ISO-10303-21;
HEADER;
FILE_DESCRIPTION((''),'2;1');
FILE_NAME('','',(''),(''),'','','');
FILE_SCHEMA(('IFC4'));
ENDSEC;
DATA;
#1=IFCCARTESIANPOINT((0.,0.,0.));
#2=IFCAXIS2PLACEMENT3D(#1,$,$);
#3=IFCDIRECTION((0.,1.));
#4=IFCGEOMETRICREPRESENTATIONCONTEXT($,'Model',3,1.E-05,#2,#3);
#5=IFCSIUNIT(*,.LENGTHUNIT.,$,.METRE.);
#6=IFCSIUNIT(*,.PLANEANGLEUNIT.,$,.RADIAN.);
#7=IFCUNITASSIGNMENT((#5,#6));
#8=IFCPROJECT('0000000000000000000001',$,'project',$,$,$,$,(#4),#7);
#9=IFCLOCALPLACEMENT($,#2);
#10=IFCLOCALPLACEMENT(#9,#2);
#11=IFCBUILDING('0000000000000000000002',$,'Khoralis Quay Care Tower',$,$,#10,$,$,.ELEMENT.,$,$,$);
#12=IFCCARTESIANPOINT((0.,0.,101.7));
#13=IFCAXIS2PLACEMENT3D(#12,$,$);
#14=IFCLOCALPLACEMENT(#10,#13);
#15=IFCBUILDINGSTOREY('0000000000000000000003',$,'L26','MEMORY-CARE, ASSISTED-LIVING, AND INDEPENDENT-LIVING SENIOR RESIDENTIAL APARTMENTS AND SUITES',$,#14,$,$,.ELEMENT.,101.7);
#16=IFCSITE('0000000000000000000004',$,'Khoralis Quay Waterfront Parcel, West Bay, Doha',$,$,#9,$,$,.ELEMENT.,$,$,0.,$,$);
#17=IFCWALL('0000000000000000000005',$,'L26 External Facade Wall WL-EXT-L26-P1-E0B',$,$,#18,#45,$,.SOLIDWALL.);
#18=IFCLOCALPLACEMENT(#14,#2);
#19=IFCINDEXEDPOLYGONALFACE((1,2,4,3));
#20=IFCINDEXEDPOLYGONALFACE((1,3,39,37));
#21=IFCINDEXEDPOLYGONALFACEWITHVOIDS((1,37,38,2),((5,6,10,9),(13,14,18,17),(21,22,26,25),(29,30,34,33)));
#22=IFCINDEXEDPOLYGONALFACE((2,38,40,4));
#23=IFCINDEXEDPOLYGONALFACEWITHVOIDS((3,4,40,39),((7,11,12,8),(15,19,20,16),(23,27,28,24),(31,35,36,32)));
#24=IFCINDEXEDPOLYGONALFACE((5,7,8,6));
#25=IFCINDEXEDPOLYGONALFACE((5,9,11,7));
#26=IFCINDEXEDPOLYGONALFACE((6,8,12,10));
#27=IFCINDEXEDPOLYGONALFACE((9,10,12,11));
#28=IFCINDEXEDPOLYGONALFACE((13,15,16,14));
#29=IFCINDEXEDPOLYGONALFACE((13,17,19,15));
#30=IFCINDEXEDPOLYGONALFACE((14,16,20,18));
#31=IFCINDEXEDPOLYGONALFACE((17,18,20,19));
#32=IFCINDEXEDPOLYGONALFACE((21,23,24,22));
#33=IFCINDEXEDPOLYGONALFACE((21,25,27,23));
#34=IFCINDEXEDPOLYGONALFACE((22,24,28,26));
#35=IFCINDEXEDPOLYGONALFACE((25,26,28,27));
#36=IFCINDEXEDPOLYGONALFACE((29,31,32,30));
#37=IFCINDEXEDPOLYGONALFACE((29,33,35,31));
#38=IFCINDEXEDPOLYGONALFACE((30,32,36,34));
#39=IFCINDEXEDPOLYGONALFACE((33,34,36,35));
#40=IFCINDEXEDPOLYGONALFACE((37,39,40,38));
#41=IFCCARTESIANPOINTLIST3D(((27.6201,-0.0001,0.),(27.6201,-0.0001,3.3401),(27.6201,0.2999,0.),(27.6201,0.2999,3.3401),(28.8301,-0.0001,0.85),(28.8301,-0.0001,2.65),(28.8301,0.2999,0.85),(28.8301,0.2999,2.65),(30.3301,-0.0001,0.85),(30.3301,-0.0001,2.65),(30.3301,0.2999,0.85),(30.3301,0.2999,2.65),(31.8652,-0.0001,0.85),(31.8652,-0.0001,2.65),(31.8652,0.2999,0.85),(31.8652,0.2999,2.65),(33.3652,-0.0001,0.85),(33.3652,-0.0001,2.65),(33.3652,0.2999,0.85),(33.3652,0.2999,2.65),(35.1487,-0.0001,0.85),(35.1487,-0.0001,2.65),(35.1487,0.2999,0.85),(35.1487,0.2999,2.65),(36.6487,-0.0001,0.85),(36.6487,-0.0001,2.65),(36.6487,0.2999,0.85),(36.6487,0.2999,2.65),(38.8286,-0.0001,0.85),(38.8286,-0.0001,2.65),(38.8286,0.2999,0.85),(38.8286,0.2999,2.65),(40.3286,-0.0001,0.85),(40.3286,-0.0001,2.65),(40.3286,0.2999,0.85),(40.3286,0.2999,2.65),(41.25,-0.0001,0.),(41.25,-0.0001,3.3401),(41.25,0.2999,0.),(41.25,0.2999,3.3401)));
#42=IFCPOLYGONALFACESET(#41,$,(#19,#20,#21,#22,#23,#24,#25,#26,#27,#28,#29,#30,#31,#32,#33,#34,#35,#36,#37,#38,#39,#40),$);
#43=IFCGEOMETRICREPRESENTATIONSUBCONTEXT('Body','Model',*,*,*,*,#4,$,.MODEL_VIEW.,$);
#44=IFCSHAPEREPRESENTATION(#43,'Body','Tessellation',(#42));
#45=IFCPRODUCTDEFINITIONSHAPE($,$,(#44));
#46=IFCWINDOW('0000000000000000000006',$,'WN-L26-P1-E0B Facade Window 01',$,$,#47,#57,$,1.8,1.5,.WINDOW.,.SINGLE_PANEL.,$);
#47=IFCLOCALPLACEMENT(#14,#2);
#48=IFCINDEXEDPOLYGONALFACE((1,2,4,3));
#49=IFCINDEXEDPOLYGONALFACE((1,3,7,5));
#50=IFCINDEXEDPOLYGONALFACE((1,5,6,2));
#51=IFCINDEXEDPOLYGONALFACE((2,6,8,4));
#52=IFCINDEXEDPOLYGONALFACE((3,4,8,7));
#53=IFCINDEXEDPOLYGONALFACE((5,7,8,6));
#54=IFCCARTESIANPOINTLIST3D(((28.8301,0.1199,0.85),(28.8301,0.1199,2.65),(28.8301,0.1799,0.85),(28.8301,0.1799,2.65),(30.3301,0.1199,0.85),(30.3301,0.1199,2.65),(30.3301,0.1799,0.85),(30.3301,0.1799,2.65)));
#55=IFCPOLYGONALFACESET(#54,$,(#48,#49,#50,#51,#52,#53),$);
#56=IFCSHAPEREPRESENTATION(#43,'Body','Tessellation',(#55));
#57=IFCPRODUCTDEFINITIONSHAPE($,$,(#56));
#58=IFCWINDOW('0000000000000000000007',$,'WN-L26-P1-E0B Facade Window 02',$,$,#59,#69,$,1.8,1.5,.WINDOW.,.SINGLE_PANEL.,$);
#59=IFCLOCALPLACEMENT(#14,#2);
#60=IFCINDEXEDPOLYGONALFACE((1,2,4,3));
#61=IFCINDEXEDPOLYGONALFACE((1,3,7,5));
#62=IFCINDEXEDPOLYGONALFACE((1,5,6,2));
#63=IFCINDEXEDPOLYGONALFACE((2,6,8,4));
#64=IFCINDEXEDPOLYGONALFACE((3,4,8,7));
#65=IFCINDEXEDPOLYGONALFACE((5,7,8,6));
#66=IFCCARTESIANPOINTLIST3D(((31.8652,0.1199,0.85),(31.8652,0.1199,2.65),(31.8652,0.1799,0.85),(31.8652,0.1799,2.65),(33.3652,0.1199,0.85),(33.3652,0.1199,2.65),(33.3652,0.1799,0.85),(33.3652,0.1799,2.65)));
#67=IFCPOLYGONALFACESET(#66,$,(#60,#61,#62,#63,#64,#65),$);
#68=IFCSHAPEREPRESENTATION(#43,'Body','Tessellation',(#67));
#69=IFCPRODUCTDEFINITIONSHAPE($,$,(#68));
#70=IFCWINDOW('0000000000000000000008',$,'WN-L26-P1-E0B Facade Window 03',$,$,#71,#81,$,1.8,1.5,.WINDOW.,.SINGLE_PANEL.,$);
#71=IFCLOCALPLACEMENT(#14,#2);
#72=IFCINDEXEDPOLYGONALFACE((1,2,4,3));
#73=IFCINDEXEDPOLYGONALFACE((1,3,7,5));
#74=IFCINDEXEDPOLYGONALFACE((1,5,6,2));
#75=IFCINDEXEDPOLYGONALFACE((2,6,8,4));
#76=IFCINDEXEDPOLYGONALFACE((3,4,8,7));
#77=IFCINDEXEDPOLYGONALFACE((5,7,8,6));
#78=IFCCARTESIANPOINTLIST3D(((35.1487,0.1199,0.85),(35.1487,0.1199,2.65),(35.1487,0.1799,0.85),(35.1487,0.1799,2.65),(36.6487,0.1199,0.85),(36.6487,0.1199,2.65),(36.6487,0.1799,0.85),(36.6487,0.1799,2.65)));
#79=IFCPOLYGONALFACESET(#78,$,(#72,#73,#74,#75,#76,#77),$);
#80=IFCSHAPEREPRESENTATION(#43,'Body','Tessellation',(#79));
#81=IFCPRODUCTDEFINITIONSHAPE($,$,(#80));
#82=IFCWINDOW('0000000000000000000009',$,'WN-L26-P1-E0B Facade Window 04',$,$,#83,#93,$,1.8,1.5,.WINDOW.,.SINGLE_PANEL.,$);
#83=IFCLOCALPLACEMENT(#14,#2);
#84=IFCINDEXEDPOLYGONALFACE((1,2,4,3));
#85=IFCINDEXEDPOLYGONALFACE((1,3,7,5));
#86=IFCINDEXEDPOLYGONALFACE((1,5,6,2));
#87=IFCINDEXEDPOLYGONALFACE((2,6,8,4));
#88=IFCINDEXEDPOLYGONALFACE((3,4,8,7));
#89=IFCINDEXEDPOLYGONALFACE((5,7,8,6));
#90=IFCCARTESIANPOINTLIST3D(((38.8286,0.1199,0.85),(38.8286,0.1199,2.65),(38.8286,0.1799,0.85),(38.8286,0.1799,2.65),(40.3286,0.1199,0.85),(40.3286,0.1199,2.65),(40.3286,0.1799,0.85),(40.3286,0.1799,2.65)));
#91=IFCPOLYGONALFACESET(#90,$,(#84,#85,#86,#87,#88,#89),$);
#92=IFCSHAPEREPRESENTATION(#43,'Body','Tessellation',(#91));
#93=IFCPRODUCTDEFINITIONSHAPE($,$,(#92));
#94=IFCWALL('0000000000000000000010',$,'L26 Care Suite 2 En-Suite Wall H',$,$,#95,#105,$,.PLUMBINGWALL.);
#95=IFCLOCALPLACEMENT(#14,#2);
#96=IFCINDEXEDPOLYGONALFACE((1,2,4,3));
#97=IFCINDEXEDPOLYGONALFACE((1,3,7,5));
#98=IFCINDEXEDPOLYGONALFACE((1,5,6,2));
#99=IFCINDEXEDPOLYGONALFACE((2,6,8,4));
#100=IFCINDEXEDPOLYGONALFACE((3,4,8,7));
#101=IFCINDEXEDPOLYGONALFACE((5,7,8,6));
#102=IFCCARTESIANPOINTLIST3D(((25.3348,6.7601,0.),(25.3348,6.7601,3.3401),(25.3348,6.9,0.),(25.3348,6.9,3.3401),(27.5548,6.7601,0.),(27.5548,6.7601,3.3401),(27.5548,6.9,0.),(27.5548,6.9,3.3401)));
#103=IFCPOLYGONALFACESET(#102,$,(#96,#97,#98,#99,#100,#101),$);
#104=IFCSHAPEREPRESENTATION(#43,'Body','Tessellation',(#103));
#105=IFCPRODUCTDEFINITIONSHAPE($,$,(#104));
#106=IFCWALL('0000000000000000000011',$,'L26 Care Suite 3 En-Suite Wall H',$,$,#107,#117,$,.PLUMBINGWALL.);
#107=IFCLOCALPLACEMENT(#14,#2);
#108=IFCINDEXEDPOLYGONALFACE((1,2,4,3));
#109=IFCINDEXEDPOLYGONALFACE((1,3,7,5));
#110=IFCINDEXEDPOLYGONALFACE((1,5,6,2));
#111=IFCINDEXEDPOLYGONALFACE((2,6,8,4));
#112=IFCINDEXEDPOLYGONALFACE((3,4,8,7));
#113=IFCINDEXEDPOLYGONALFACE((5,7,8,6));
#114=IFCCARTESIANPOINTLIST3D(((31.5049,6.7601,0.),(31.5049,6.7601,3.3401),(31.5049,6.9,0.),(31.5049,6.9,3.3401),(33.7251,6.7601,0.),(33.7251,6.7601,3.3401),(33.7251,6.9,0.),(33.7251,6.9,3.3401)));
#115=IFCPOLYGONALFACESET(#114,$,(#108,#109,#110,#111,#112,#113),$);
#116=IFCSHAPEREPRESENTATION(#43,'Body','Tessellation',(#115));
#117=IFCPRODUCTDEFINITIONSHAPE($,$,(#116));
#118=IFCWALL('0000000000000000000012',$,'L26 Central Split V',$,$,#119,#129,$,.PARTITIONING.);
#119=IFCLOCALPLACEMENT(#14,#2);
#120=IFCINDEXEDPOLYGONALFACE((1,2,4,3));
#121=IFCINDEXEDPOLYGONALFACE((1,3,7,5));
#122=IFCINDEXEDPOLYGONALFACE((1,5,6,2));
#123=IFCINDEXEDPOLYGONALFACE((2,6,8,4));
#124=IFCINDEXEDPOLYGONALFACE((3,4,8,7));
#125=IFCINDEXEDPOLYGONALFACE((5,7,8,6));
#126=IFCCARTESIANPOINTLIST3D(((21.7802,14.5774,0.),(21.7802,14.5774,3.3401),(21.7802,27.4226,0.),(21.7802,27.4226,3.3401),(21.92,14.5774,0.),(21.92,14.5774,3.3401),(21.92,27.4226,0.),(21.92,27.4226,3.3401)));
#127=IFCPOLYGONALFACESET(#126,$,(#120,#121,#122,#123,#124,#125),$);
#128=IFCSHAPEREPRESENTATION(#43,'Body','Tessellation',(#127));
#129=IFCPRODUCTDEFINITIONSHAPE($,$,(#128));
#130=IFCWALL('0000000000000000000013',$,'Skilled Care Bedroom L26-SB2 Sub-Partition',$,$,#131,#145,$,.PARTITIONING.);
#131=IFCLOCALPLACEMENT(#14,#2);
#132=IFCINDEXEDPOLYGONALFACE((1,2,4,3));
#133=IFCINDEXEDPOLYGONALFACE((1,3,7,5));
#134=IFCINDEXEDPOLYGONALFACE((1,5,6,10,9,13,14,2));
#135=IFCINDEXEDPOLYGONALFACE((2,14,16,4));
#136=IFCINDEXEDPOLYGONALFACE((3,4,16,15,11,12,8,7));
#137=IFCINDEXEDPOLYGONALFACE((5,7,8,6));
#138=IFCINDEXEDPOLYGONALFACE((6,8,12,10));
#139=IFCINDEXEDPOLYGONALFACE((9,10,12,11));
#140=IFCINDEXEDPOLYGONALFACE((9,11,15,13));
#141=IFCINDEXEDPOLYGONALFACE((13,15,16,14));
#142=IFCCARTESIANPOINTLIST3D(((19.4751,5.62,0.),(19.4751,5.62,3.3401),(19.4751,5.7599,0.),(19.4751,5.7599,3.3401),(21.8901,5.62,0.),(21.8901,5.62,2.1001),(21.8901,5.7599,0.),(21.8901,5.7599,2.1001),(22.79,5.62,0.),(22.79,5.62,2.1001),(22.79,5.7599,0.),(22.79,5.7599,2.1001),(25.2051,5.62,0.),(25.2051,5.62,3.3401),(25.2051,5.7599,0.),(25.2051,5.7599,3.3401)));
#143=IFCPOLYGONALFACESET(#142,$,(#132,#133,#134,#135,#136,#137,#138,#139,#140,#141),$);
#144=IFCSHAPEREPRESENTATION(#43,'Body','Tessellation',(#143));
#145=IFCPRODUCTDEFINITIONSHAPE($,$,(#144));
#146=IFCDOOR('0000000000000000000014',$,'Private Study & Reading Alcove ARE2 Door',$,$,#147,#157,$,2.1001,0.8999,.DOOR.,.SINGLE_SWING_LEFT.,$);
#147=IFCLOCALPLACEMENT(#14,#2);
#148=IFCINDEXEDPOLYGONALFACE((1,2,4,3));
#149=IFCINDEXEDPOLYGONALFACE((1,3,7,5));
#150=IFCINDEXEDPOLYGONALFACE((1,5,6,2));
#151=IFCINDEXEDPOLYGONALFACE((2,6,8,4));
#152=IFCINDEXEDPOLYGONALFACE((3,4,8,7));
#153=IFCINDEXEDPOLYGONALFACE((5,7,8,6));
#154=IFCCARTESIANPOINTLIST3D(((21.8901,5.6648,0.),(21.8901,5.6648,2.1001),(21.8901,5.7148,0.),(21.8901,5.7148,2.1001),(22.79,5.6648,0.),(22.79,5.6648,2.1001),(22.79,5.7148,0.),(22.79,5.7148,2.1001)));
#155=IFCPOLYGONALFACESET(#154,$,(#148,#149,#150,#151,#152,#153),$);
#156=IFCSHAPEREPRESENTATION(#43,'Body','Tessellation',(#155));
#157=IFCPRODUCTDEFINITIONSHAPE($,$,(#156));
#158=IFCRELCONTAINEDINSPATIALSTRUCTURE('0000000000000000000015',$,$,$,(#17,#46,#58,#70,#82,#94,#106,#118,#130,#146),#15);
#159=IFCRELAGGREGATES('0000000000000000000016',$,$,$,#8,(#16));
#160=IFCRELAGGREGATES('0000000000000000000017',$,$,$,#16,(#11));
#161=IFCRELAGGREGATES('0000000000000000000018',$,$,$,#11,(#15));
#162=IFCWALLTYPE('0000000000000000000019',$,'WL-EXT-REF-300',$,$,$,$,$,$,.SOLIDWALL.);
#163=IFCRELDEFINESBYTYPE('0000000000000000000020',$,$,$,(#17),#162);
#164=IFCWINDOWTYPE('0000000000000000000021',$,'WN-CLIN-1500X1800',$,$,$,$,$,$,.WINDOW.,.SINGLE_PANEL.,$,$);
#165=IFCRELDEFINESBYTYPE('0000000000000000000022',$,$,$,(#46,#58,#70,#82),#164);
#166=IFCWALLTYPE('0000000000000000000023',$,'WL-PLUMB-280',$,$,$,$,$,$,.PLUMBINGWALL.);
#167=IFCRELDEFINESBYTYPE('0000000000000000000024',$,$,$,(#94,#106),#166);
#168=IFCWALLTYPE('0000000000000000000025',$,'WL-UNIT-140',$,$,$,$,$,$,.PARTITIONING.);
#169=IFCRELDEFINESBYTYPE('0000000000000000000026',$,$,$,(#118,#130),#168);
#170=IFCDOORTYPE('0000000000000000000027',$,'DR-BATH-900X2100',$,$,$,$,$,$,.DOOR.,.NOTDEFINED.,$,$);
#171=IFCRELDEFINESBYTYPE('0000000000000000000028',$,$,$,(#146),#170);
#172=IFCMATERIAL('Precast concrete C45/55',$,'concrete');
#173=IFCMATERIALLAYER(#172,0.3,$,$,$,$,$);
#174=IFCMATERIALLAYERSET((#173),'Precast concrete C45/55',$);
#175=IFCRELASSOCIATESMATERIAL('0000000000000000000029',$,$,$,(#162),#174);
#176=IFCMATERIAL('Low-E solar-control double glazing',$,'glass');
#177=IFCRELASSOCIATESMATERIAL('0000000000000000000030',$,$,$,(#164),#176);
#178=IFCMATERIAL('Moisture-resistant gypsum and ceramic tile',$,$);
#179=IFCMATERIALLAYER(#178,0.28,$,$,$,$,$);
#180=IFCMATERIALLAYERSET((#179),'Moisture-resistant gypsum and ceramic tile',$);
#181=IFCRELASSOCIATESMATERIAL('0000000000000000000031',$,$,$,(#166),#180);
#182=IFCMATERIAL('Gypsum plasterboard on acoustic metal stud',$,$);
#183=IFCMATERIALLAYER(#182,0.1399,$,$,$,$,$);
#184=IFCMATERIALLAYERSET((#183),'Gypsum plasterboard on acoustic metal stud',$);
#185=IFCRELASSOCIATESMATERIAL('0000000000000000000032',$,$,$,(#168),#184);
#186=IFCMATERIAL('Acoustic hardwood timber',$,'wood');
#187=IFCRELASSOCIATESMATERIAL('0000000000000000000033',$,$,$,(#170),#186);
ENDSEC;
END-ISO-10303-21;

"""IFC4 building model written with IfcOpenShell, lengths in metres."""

from ifc_helpers import new_model, si_unit, direction, frame, frame_2d, origin, place, context, subcontext, project, spatial, rectangle, extrude, source, transform, mapped, material, layer, layer_set, type_object, element, fill, save


model = new_model("IFC4")

# Units and contexts
model_context = context("Model", 3, precision=1e-05, world=origin(), true_north=direction((0.0, 1.0)))
body_context = subcontext(model_context, "Body", "Model", "MODEL_VIEW")
ifc_project = project(units=[si_unit("LENGTHUNIT", "METRE"), si_unit("PLANEANGLEUNIT", "RADIAN")], contexts=[model_context])

# Site, building, storey
site_placement = place(None, origin())
site = spatial("IfcSite", under=ifc_project, at=site_placement, Name="Khoralis Quay Waterfront Parcel, West Bay, Doha", CompositionType="ELEMENT", RefElevation=0.0)
building_placement = place(site_placement, origin())
building = spatial("IfcBuilding", under=site, at=building_placement, Name="Khoralis Quay Care Tower", CompositionType="ELEMENT")
storey_placement = place(building_placement, frame((0.0, 0.0, 101.7)))
storey = spatial("IfcBuildingStorey", under=building, at=storey_placement, Name="L26", Description="MEMORY-CARE, ASSISTED-LIVING, AND INDEPENDENT-LIVING SENIOR RESIDENTIAL APARTMENTS AND SUITES", CompositionType="ELEMENT", Elevation=101.7)

# Shared definitions
ifc_material_1 = material(Name="Low-E solar-control double glazing", Category="glass")

# Shared definitions
ifc_material_2 = material(Name="Gypsum plasterboard on acoustic metal stud")

# Wall, openings, windows
ifc_material_3 = material(Name="Precast concrete C45/55", Category="concrete")
ifc_layer_1 = layer(ifc_material_3, 0.3)
ifc_layer_set_1 = layer_set([ifc_layer_1], Name="Precast concrete C45/55")
wall_type_1 = type_object("IfcWallType", Name="WL-EXT-REF-300", PredefinedType="SOLIDWALL", material=ifc_layer_set_1)
wall_1_placement = place(storey_placement, frame((27.6201, 0.1499, 0.0), z_axis=(0.0, 0.0, 1.0), x_axis=(1.0, 0.0, 0.0)))
wall_1 = element("IfcWall", 1, at=wall_1_placement, inside=storey, type_object=wall_type_1, Name="L26 External Facade Wall WL-EXT-L26-P1-E0B", PredefinedType="SOLIDWALL", context=body_context, shape_type="SweptSolid", body=[
    extrude(rectangle(XDim=13.6299, YDim=0.3, at=frame_2d((6.8149, 0.0))), origin(), (0.0, 0.0, 1.0), 3.3401),
])
opening_1_placement = place(wall_1_placement, frame((1.21, 0.0, 0.8501)))
opening_1 = element("IfcOpeningElement", 2, at=opening_1_placement, cuts=wall_1, PredefinedType="OPENING", context=body_context, shape_type="SweptSolid", body=[
    extrude(rectangle(XDim=1.5, YDim=1.8, at=frame_2d((0.75, 0.8999))), frame((0.0, 0.1602, 0.0), z_axis=(0.0, -1.0, 0.0), x_axis=(1.0, 0.0, 0.0)), (0.0, 0.0, 1.0), 0.3201),
])
opening_2_placement = place(wall_1_placement, frame((4.2451, 0.0, 0.8501)))
opening_2 = element("IfcOpeningElement", 3, at=opening_2_placement, cuts=wall_1, PredefinedType="OPENING", context=body_context, shape_type="SweptSolid", body=[
    extrude(rectangle(XDim=1.5, YDim=1.8, at=frame_2d((0.75, 0.8999))), frame((0.0, 0.1602, 0.0), z_axis=(0.0, -1.0, 0.0), x_axis=(1.0, 0.0, 0.0)), (0.0, 0.0, 1.0), 0.3201),
])
opening_3_placement = place(wall_1_placement, frame((7.5286, 0.0, 0.8501)))
opening_3 = element("IfcOpeningElement", 4, at=opening_3_placement, cuts=wall_1, PredefinedType="OPENING", context=body_context, shape_type="SweptSolid", body=[
    extrude(rectangle(XDim=1.5, YDim=1.8, at=frame_2d((0.75, 0.8999))), frame((0.0, 0.1602, 0.0), z_axis=(0.0, -1.0, 0.0), x_axis=(1.0, 0.0, 0.0)), (0.0, 0.0, 1.0), 0.3201),
])
opening_4_placement = place(wall_1_placement, frame((11.2085, 0.0, 0.8501)))
opening_4 = element("IfcOpeningElement", 5, at=opening_4_placement, cuts=wall_1, PredefinedType="OPENING", context=body_context, shape_type="SweptSolid", body=[
    extrude(rectangle(XDim=1.5, YDim=1.8, at=frame_2d((0.75, 0.8999))), frame((0.0, 0.1602, 0.0), z_axis=(0.0, -1.0, 0.0), x_axis=(1.0, 0.0, 0.0)), (0.0, 0.0, 1.0), 0.3201),
])
window_type = type_object("IfcWindowType", Name="WN-CLIN-1500X1800", PartitioningType="SINGLE_PANEL", PredefinedType="WINDOW", material=ifc_material_1)
shared_shape_1 = source(origin(), body_context, "Body", "SweptSolid", [
    extrude(rectangle(XDim=1.5, YDim=1.8, at=frame_2d((0.75, 0.8999))), frame((0.0, 0.03, 0.0), z_axis=(0.0, -1.0, 0.0), x_axis=(1.0, 0.0, 0.0)), (0.0, 0.0, 1.0), 0.0601),
])
window_1_placement = place(opening_1_placement, origin())
window_1 = element("IfcWindow", 6, at=window_1_placement, inside=storey, type_object=window_type, Name="WN-L26-P1-E0B Facade Window 01", OverallHeight=1.8, OverallWidth=1.5, PartitioningType="SINGLE_PANEL", PredefinedType="WINDOW", context=body_context, shape_type="MappedRepresentation", body=[
    mapped(shared_shape_1, transform((0.0, 0.0, 0.0), scale=1.0)),
])
fill(opening_1, window_1)
window_2_placement = place(opening_2_placement, origin())
window_2 = element("IfcWindow", 7, at=window_2_placement, inside=storey, type_object=window_type, Name="WN-L26-P1-E0B Facade Window 02", OverallHeight=1.8, OverallWidth=1.5, PartitioningType="SINGLE_PANEL", PredefinedType="WINDOW", context=body_context, shape_type="MappedRepresentation", body=[
    mapped(shared_shape_1, transform((0.0, 0.0, 0.0), scale=1.0)),
])
fill(opening_2, window_2)
window_3_placement = place(opening_3_placement, origin())
window_3 = element("IfcWindow", 8, at=window_3_placement, inside=storey, type_object=window_type, Name="WN-L26-P1-E0B Facade Window 03", OverallHeight=1.8, OverallWidth=1.5, PartitioningType="SINGLE_PANEL", PredefinedType="WINDOW", context=body_context, shape_type="MappedRepresentation", body=[
    mapped(shared_shape_1, transform((0.0, 0.0, 0.0), scale=1.0)),
])
fill(opening_3, window_3)
window_4_placement = place(opening_4_placement, origin())
window_4 = element("IfcWindow", 9, at=window_4_placement, inside=storey, type_object=window_type, Name="WN-L26-P1-E0B Facade Window 04", OverallHeight=1.8, OverallWidth=1.5, PartitioningType="SINGLE_PANEL", PredefinedType="WINDOW", context=body_context, shape_type="MappedRepresentation", body=[
    mapped(shared_shape_1, transform((0.0, 0.0, 0.0), scale=1.0)),
])
fill(opening_4, window_4)

# Walls
ifc_material_4 = material(Name="Moisture-resistant gypsum and ceramic tile")
ifc_layer_2 = layer(ifc_material_4, 0.28)
ifc_layer_set_2 = layer_set([ifc_layer_2], Name="Moisture-resistant gypsum and ceramic tile")
wall_type_2 = type_object("IfcWallType", Name="WL-PLUMB-280", PredefinedType="PLUMBINGWALL", material=ifc_layer_set_2)
wall_2_placement = place(storey_placement, frame((25.335, 6.8301, 0.0), z_axis=(0.0, 0.0, 1.0), x_axis=(1.0, 0.0, 0.0)))
element("IfcWall", 10, at=wall_2_placement, inside=storey, type_object=wall_type_2, Name="L26 Care Suite 2 En-Suite Wall H", PredefinedType="PLUMBINGWALL", context=body_context, shape_type="SweptSolid", body=[
    extrude(rectangle(XDim=2.22, YDim=0.1399, at=frame_2d((1.1099, 0.0))), origin(), (0.0, 0.0, 1.0), 3.3401),
])
wall_3_placement = place(storey_placement, frame((31.5049, 6.8301, 0.0), z_axis=(0.0, 0.0, 1.0), x_axis=(1.0, 0.0, 0.0)))
element("IfcWall", 11, at=wall_3_placement, inside=storey, type_object=wall_type_2, Name="L26 Care Suite 3 En-Suite Wall H", PredefinedType="PLUMBINGWALL", context=body_context, shape_type="SweptSolid", body=[
    extrude(rectangle(XDim=2.2202, YDim=0.1399, at=frame_2d((1.1101, 0.0))), origin(), (0.0, 0.0, 1.0), 3.3401),
])
ifc_layer_3 = layer(ifc_material_2, 0.1399)
ifc_layer_set_3 = layer_set([ifc_layer_3], Name="Gypsum plasterboard on acoustic metal stud")
wall_type_3 = type_object("IfcWallType", Name="WL-UNIT-140", PredefinedType="PARTITIONING", material=ifc_layer_set_3)
wall_4_placement = place(storey_placement, frame((21.8501, 14.5774, 0.0), z_axis=(0.0, 0.0, 1.0), x_axis=(0.0, 1.0, 0.0)))
element("IfcWall", 12, at=wall_4_placement, inside=storey, type_object=wall_type_3, Name="L26 Central Split V", PredefinedType="PARTITIONING", context=body_context, shape_type="SweptSolid", body=[
    extrude(rectangle(XDim=12.8452, YDim=0.1399, at=frame_2d((6.4226, 0.0))), origin(), (0.0, 0.0, 1.0), 3.3401),
])

# Wall, opening, door
wall_5_placement = place(storey_placement, frame((19.4751, 5.6899, 0.0), z_axis=(0.0, 0.0, 1.0), x_axis=(1.0, 0.0, 0.0)))
wall_5 = element("IfcWall", 13, at=wall_5_placement, inside=storey, type_object=wall_type_3, Name="Skilled Care Bedroom L26-SB2 Sub-Partition", PredefinedType="PARTITIONING", context=body_context, shape_type="SweptSolid", body=[
    extrude(rectangle(XDim=5.73, YDim=0.1399, at=frame_2d((2.865, 0.0))), origin(), (0.0, 0.0, 1.0), 3.3401),
])
opening_5_placement = place(wall_5_placement, frame((2.415, 0.0, 0.0)))
opening_5 = element("IfcOpeningElement", 14, at=opening_5_placement, cuts=wall_5, PredefinedType="OPENING", context=body_context, shape_type="SweptSolid", body=[
    extrude(rectangle(XDim=0.8999, YDim=2.1001, at=frame_2d((0.45, 1.05))), frame((0.0, 0.0801, 0.0), z_axis=(0.0, -1.0, 0.0), x_axis=(1.0, 0.0, 0.0)), (0.0, 0.0, 1.0), 0.1599),
])
ifc_material_5 = material(Name="Acoustic hardwood timber", Category="wood")
door_type_1 = type_object("IfcDoorType", Name="DR-BATH-900X2100", OperationType="NOTDEFINED", PredefinedType="DOOR", material=ifc_material_5)
shared_shape_2 = source(origin(), body_context, "Body", "SweptSolid", [
    extrude(rectangle(XDim=0.8999, YDim=2.1001, at=frame_2d((0.45, 1.05))), frame((0.0, 0.0249, 0.0), z_axis=(0.0, -1.0, 0.0), x_axis=(1.0, 0.0, 0.0)), (0.0, 0.0, 1.0), 0.05),
])
door_1_placement = place(opening_5_placement, origin())
door_1 = element("IfcDoor", 15, at=door_1_placement, inside=storey, type_object=door_type_1, Name="Private Study & Reading Alcove ARE2 Door", OperationType="SINGLE_SWING_LEFT", OverallHeight=2.1001, OverallWidth=0.8999, PredefinedType="DOOR", context=body_context, shape_type="MappedRepresentation", body=[
    mapped(shared_shape_2, transform((0.0, 0.0, 0.0), scale=1.0)),
])
fill(opening_5, door_1)

save(model, "model.ifc")
